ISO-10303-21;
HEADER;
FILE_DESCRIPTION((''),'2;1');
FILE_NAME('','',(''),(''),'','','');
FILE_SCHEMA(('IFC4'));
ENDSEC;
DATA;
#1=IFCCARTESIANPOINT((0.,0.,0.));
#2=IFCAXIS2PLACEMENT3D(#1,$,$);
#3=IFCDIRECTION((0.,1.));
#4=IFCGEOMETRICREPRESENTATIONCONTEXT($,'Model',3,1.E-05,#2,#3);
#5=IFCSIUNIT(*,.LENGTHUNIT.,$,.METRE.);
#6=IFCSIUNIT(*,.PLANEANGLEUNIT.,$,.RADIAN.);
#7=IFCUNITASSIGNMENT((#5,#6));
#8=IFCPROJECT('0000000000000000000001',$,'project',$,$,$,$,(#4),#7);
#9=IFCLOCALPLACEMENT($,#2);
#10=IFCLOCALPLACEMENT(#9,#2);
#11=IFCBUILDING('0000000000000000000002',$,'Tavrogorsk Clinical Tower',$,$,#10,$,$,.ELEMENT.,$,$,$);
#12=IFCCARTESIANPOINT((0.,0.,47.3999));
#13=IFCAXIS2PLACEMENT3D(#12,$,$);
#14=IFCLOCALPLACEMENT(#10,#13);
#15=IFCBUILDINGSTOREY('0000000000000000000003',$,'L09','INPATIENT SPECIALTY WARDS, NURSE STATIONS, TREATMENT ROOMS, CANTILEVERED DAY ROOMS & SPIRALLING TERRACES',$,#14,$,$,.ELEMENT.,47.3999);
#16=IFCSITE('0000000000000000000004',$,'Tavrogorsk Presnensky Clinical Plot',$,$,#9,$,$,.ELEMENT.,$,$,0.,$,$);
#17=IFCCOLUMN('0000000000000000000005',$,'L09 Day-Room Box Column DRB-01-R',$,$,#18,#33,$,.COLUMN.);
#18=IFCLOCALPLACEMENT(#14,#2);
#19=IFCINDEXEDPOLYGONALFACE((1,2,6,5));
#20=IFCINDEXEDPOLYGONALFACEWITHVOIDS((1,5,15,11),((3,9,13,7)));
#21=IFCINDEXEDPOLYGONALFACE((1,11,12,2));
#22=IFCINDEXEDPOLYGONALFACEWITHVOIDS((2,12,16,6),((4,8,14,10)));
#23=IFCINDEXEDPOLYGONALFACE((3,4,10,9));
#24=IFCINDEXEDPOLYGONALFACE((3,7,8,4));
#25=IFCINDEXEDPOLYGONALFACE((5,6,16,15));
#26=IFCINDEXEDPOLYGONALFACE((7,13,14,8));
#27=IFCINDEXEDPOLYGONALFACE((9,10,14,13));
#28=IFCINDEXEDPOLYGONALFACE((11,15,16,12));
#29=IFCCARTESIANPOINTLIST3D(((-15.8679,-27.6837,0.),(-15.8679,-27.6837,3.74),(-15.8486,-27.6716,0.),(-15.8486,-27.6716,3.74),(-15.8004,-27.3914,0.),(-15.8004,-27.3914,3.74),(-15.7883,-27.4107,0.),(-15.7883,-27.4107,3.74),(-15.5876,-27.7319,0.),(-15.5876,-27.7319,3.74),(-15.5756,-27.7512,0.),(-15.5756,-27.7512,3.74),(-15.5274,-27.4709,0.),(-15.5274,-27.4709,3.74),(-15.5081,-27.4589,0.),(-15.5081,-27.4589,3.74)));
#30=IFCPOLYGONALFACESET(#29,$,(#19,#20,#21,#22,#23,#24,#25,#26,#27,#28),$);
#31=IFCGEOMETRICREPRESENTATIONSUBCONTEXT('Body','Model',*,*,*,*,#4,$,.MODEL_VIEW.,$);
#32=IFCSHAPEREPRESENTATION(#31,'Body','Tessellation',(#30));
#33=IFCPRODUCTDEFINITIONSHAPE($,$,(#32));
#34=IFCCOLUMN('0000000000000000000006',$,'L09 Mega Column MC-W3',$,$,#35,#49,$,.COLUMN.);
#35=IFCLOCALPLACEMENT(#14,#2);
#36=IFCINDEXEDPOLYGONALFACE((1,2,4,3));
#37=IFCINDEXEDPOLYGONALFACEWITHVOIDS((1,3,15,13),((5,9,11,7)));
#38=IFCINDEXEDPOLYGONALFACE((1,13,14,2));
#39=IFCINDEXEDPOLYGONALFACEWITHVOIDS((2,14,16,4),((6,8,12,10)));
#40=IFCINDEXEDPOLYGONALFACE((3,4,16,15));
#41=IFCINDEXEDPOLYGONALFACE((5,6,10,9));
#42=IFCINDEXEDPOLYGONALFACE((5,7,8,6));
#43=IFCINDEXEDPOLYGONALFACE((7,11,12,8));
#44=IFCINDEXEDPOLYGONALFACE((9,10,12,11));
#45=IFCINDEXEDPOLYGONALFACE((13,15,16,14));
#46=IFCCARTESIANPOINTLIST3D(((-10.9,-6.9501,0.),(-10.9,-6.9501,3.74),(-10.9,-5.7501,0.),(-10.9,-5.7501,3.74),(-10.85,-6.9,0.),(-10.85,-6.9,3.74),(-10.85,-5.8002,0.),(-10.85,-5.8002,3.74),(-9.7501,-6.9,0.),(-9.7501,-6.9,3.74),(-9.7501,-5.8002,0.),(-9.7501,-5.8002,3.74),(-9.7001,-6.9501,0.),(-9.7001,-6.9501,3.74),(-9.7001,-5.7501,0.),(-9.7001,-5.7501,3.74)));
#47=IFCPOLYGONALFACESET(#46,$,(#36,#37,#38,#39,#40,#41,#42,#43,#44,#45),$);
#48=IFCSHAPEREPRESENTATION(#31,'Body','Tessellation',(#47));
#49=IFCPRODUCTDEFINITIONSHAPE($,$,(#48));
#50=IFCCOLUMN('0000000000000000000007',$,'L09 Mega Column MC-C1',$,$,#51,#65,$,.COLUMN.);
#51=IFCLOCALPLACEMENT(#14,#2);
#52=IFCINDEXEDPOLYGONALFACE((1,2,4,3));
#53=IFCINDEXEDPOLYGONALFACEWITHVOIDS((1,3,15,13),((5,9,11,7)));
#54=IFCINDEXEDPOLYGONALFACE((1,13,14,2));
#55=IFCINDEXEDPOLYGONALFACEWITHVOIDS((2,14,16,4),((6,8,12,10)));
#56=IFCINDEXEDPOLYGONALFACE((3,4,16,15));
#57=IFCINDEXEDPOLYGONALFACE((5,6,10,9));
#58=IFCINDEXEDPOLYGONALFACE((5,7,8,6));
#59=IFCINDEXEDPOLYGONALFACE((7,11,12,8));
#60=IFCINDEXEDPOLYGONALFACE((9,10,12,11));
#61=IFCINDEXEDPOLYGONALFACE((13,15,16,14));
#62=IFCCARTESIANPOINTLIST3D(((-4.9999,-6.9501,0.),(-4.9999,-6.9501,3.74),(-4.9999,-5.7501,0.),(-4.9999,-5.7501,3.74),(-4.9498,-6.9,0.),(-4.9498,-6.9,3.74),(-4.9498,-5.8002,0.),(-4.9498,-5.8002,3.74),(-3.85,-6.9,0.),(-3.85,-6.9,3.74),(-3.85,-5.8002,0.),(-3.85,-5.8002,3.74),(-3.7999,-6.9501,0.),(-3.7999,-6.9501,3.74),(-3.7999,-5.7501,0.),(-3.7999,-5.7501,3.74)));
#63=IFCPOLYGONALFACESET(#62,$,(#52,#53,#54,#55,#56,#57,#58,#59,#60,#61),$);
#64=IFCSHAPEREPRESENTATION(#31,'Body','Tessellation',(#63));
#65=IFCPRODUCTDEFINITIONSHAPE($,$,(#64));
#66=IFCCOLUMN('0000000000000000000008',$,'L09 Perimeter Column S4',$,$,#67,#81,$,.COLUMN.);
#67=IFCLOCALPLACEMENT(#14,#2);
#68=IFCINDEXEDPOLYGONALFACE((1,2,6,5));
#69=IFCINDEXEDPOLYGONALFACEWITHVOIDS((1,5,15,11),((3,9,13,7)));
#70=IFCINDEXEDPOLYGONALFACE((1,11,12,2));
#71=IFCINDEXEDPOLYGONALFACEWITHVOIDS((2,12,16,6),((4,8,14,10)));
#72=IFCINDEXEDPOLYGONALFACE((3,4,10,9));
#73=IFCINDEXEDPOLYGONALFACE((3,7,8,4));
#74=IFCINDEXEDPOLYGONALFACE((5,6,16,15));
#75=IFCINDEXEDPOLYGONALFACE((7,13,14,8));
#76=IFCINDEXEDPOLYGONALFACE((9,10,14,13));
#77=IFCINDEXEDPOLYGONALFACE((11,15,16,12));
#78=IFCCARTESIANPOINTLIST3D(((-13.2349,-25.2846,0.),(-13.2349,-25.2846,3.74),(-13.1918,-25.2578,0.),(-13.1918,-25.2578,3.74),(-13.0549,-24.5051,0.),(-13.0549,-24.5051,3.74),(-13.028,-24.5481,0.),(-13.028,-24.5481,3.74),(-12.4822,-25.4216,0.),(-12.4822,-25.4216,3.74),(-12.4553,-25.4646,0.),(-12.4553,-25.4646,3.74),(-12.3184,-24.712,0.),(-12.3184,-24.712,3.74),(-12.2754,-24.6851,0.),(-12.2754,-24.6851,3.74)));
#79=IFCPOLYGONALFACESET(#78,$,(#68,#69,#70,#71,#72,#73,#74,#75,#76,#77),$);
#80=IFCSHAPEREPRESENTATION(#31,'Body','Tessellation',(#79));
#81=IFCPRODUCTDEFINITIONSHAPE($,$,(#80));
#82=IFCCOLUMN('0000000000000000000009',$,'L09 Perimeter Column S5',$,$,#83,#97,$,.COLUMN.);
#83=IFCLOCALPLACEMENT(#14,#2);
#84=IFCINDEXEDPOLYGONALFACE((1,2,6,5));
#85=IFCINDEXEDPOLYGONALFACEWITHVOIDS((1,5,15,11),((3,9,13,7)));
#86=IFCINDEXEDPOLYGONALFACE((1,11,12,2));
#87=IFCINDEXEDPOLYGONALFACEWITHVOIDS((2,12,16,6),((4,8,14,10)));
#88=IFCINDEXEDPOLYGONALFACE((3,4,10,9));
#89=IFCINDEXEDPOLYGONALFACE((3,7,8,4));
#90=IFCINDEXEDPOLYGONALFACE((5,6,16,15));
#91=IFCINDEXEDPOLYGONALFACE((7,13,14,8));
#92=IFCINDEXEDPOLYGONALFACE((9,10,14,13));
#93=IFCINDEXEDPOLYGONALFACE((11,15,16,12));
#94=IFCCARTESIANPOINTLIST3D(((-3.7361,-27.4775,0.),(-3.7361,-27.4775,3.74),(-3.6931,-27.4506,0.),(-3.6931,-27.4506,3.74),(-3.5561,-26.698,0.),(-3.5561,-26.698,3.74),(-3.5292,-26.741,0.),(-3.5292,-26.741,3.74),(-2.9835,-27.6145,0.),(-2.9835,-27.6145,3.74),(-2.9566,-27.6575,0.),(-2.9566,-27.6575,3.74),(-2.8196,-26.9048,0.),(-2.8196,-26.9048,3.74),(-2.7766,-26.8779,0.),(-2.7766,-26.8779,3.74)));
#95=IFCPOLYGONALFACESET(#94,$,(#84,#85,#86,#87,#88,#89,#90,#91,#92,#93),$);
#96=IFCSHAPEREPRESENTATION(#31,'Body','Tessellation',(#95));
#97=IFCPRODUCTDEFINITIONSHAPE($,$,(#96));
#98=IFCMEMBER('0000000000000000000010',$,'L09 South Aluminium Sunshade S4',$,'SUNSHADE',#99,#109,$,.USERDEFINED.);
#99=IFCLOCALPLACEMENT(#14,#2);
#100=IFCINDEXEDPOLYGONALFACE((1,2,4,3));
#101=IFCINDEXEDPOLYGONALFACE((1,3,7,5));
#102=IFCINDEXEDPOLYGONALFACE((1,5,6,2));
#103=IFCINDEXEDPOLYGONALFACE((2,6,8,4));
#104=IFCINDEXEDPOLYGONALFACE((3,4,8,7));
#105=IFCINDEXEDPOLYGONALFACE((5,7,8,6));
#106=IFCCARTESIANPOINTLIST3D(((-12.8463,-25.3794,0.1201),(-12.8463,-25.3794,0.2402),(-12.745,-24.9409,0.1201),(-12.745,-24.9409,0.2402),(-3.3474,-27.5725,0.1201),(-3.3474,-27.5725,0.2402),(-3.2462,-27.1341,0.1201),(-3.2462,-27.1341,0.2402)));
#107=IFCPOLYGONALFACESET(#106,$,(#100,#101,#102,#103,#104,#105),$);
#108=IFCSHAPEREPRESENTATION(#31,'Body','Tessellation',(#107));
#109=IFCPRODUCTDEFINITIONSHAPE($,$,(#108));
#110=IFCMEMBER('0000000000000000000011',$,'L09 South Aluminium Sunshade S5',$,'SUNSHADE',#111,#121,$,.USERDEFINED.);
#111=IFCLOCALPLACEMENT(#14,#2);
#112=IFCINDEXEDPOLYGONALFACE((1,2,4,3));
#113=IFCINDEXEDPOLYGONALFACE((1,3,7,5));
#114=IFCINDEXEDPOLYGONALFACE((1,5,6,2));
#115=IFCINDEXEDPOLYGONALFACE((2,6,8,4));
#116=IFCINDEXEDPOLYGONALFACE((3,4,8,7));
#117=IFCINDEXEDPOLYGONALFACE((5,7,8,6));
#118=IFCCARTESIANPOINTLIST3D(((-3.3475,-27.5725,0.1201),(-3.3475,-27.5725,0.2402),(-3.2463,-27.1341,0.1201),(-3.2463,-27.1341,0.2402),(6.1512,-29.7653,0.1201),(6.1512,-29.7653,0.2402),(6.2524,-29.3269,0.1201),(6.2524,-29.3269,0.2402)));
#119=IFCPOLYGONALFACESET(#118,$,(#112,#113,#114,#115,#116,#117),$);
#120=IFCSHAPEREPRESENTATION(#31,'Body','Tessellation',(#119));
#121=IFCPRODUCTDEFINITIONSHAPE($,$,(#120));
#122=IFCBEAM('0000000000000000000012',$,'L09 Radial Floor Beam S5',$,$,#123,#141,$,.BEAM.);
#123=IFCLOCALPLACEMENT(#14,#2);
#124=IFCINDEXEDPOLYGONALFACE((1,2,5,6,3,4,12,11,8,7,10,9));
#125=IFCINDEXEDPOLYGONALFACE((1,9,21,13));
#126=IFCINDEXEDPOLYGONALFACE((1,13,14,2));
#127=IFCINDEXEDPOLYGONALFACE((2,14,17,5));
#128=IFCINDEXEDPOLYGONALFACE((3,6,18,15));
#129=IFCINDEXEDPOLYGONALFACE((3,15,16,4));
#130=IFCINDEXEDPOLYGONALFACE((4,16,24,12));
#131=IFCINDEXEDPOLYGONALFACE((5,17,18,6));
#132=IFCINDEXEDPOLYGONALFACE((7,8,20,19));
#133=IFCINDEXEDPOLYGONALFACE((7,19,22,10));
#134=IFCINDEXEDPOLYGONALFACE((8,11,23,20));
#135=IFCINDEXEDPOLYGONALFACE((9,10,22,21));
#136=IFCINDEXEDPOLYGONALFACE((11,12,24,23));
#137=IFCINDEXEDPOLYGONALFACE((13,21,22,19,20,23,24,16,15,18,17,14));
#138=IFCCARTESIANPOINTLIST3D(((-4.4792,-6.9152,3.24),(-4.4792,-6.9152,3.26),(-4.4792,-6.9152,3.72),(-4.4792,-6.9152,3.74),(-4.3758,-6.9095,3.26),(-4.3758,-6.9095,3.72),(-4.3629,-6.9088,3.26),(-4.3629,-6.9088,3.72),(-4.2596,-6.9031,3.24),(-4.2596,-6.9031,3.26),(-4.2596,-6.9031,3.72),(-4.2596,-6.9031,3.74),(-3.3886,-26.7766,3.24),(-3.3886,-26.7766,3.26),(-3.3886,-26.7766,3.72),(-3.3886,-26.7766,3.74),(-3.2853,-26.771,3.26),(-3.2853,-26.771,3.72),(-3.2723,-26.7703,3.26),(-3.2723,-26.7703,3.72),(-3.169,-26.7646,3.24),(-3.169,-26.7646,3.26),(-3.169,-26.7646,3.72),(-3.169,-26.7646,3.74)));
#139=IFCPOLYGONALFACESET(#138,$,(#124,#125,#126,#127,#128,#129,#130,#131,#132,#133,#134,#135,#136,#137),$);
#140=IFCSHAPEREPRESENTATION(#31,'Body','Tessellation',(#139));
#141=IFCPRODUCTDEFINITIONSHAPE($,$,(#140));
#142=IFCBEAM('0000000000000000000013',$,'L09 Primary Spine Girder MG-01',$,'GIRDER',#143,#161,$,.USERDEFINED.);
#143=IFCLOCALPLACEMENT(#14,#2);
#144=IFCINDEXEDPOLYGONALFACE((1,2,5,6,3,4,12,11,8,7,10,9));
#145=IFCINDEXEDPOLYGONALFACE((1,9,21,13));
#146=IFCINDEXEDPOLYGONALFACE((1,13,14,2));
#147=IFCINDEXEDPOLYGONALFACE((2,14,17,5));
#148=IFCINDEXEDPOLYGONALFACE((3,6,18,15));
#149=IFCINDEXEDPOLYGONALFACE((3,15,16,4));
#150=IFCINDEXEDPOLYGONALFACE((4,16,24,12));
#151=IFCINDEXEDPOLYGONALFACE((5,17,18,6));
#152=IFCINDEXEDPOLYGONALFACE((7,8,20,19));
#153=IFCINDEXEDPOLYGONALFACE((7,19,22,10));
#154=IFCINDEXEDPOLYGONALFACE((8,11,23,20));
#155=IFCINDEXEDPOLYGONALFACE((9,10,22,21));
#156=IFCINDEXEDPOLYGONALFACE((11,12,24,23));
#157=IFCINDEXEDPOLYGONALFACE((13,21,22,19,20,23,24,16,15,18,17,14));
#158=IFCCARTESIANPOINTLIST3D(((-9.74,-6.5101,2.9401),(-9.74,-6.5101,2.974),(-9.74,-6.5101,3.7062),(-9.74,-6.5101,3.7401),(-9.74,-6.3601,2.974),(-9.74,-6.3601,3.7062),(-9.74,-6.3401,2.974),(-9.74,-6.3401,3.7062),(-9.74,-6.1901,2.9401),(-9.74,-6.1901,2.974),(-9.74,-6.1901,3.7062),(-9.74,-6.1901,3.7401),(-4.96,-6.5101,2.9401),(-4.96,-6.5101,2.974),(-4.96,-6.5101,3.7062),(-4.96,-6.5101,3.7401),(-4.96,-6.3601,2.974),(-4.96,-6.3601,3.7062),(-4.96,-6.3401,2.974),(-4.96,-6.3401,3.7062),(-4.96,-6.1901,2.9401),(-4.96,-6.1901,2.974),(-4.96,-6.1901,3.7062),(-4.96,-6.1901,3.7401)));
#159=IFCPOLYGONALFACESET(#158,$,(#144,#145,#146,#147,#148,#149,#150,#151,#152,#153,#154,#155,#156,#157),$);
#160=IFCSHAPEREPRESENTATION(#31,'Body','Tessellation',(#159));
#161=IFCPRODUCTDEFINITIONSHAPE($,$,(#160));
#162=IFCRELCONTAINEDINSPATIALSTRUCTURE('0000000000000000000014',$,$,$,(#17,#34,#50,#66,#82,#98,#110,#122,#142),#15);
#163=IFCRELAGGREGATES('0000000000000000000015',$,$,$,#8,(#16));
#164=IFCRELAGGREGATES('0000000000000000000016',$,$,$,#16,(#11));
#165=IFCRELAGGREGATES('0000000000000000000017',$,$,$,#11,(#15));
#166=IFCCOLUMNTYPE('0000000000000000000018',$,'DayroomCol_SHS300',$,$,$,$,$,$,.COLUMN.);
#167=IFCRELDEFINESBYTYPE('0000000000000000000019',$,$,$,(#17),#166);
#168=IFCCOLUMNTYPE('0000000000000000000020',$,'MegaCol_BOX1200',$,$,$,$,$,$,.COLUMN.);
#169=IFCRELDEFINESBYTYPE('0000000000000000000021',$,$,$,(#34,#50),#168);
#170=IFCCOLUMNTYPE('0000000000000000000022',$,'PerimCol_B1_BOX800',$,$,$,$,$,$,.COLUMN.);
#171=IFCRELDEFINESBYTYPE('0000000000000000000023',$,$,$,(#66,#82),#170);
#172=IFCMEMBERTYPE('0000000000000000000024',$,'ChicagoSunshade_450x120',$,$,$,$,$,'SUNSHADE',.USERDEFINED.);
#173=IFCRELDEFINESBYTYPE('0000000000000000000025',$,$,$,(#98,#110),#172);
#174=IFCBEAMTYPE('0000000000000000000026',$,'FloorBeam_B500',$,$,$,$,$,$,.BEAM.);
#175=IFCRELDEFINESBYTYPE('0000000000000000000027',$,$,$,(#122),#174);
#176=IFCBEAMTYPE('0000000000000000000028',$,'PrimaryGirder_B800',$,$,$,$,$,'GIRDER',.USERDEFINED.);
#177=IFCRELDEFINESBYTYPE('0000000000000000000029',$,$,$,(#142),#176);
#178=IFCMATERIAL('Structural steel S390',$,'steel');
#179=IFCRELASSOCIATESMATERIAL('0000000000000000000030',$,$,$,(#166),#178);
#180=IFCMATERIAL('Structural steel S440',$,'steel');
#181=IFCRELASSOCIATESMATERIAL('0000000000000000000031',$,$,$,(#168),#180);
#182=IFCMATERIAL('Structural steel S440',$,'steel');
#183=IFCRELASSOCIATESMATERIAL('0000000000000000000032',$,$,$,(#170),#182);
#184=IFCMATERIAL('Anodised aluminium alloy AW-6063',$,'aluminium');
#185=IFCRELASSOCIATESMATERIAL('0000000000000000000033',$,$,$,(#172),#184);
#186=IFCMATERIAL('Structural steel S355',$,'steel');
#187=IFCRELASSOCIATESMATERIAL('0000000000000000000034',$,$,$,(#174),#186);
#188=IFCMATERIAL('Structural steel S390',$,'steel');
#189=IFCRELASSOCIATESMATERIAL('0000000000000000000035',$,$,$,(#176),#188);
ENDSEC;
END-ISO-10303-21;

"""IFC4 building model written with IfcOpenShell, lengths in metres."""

from ifc_helpers import new_model, si_unit, direction, frame, origin, origin_2d, place, context, subcontext, project, spatial, rectangle, hollow_rectangle, i_section, extrude, material, material_profile, profile_set, type_object, element, save


model = new_model("IFC4")

# Units and contexts
model_context = context("Model", 3, precision=1e-05, world=origin(), true_north=direction((0.0, 1.0)))
body_context = subcontext(model_context, "Body", "Model", "MODEL_VIEW")
ifc_project = project(units=[si_unit("LENGTHUNIT", "METRE"), si_unit("PLANEANGLEUNIT", "RADIAN")], contexts=[model_context])

# Site, building, storey
site_placement = place(None, origin())
site = spatial("IfcSite", under=ifc_project, at=site_placement, Name="Tavrogorsk Presnensky Clinical Plot", CompositionType="ELEMENT", RefElevation=0.0)
building_placement = place(site_placement, origin())
building = spatial("IfcBuilding", under=site, at=building_placement, Name="Tavrogorsk Clinical Tower", CompositionType="ELEMENT")
storey_placement = place(building_placement, frame((0.0, 0.0, 47.3999)))
storey = spatial("IfcBuildingStorey", under=building, at=storey_placement, Name="L09", Description="INPATIENT SPECIALTY WARDS, NURSE STATIONS, TREATMENT ROOMS, CANTILEVERED DAY ROOMS & SPIRALLING TERRACES", CompositionType="ELEMENT", Elevation=47.3999)

# Columns
ifc_material_1 = material(Name="Structural steel S390", Category="steel")
ifc_material_profile_1 = material_profile(ifc_material_1, hollow_rectangle(XDim=0.3, YDim=0.3, WallThickness=0.0161, at=origin_2d()), Name="SHS-300x300x16")
ifc_profile_set_1 = profile_set([ifc_material_profile_1], Name="Structural steel S390")
column_type_1 = type_object("IfcColumnType", Name="DayroomCol_SHS300", PredefinedType="COLUMN", material=ifc_profile_set_1)
column_placement = place(storey_placement, frame((-15.688, -27.5713, 0.0), z_axis=(0.0, 0.0, 1.0), x_axis=(0.97437, -0.224951, 0.0)))
element("IfcColumn", 1, at=column_placement, inside=storey, type_object=column_type_1, Name="L09 Day-Room Box Column DRB-01-R", PredefinedType="COLUMN", context=body_context, shape_type="SweptSolid", body=[
    extrude(hollow_rectangle(XDim=0.3, YDim=0.3, WallThickness=0.0161, at=origin_2d()), origin(), (0.0, 0.0, 1.0), 3.74),
])
ifc_material_2 = material(Name="Structural steel S440", Category="steel")
ifc_material_profile_2 = material_profile(ifc_material_2, hollow_rectangle(XDim=1.2, YDim=1.2, WallThickness=0.05, at=origin_2d()), Name="BOX-1200x1200x50")
ifc_profile_set_2 = profile_set([ifc_material_profile_2], Name="Structural steel S440")
column_type_2 = type_object("IfcColumnType", Name="MegaCol_BOX1200", PredefinedType="COLUMN", material=ifc_profile_set_2)
for number, where, z_axis, x_axis, name in (
    (2, (-10.3, -6.3501, 0.0), (0.0, 0.0, 1.0), (1.0, 0.0, 0.0), "L09 Mega Column MC-W3"),
    (3, (-4.3999, -6.3501, 0.0), (0.0, 0.0, 1.0), (1.0, 0.0, 0.0), "L09 Mega Column MC-C1"),
):
    element("IfcColumn", number, at=place(storey_placement, frame(where, z_axis=z_axis, x_axis=x_axis)), inside=storey, type_object=column_type_2, Name=name, PredefinedType="COLUMN", context=body_context, shape_type="SweptSolid", body=[
        extrude(hollow_rectangle(XDim=1.2, YDim=1.2, WallThickness=0.05, at=origin_2d()), origin(), (0.0, 0.0, 1.0), 3.74),
    ])
ifc_material_3 = material(Name="Structural steel S440", Category="steel")
ifc_material_profile_3 = material_profile(ifc_material_3, hollow_rectangle(XDim=0.8, YDim=0.8, WallThickness=0.0359, at=origin_2d()), Name="BOX-800x800x36")
ifc_profile_set_3 = profile_set([ifc_material_profile_3], Name="Structural steel S440")
column_type_3 = type_object("IfcColumnType", Name="PerimCol_B1_BOX800", PredefinedType="COLUMN", material=ifc_profile_set_3)
for number, where, z_axis, x_axis, name in (
    (4, (-12.7551, -24.9849, 0.0), (0.0, 0.0, 1.0), (0.97437, -0.224951, 0.0), "L09 Perimeter Column S4"),
    (5, (-3.2563, -27.1777, 0.0), (0.0, 0.0, 1.0), (0.97437, -0.224951, 0.0), "L09 Perimeter Column S5"),
):
    element("IfcColumn", number, at=place(storey_placement, frame(where, z_axis=z_axis, x_axis=x_axis)), inside=storey, type_object=column_type_3, Name=name, PredefinedType="COLUMN", context=body_context, shape_type="SweptSolid", body=[
        extrude(hollow_rectangle(XDim=0.8, YDim=0.8, WallThickness=0.0359, at=origin_2d()), origin(), (0.0, 0.0, 1.0), 3.74),
    ])

# Members
ifc_material_4 = material(Name="Anodised aluminium alloy AW-6063", Category="aluminium")
ifc_material_profile_4 = material_profile(ifc_material_4, rectangle(XDim=0.45, YDim=0.1201, at=origin_2d()), Name="ALU-SUNSHADE-450x120")
ifc_profile_set_4 = profile_set([ifc_material_profile_4], Name="Anodised aluminium alloy AW-6063")
member_type = type_object("IfcMemberType", Name="ChicagoSunshade_450x120", ElementType="SUNSHADE", PredefinedType="USERDEFINED", material=ifc_profile_set_4)
member_1_placement = place(storey_placement, frame((-12.7957, -25.1602, 0.1802), z_axis=(0.974367, -0.224966, 0.0), x_axis=(0.224966, 0.974367, 0.0)))
element("IfcMember", 6, at=member_1_placement, inside=storey, type_object=member_type, Name="L09 South Aluminium Sunshade S4", ObjectType="SUNSHADE", PredefinedType="USERDEFINED", context=body_context, shape_type="SweptSolid", body=[
    extrude(rectangle(XDim=0.45, YDim=0.1201, at=origin_2d()), origin(), (0.0, 0.0, 1.0), 9.7488),
])
member_2_placement = place(storey_placement, frame((-3.2969, -27.3533, 0.1802), z_axis=(0.974372, -0.224942, 0.0), x_axis=(0.224942, 0.974372, 0.0)))
element("IfcMember", 7, at=member_2_placement, inside=storey, type_object=member_type, Name="L09 South Aluminium Sunshade S5", ObjectType="SUNSHADE", PredefinedType="USERDEFINED", context=body_context, shape_type="SweptSolid", body=[
    extrude(rectangle(XDim=0.45, YDim=0.1201, at=origin_2d()), origin(), (0.0, 0.0, 1.0), 9.7485),
])

# Beams
ifc_material_5 = material(Name="Structural steel S355", Category="steel")
ifc_material_profile_5 = material_profile(ifc_material_5, i_section(OverallWidth=0.22, OverallDepth=0.5, WebThickness=0.0129, FlangeThickness=0.02, at=origin_2d()), Name="B-500x220x13x20")
ifc_profile_set_5 = profile_set([ifc_material_profile_5], Name="Structural steel S355")
beam_type_1 = type_object("IfcBeamType", Name="FloorBeam_B500", PredefinedType="BEAM", material=ifc_profile_set_5)
beam_1_placement = place(storey_placement, frame((-4.3694, -6.9092, 3.49), z_axis=(0.054827, -0.998496, 0.0), x_axis=(0.998496, 0.054827, 0.0)))
element("IfcBeam", 8, at=beam_1_placement, inside=storey, type_object=beam_type_1, Name="L09 Radial Floor Beam S5", PredefinedType="BEAM", context=body_context, shape_type="SweptSolid", body=[
    extrude(i_section(OverallWidth=0.22, OverallDepth=0.5, WebThickness=0.0129, FlangeThickness=0.02, at=origin_2d()), origin(), (0.0, 0.0, 1.0), 19.8914),
])
ifc_material_6 = material(Name="Structural steel S390", Category="steel")
ifc_material_profile_6 = material_profile(ifc_material_6, i_section(OverallWidth=0.3201, OverallDepth=0.8, WebThickness=0.02, FlangeThickness=0.0339, at=origin_2d()), Name="B-800x320x20x34")
ifc_profile_set_6 = profile_set([ifc_material_profile_6], Name="Structural steel S390")
beam_type_2 = type_object("IfcBeamType", Name="PrimaryGirder_B800", ElementType="GIRDER", PredefinedType="USERDEFINED", material=ifc_profile_set_6)
beam_2_placement = place(storey_placement, frame((-9.74, -6.3501, 3.3401), z_axis=(1.0, 0.0, 0.0), x_axis=(0.0, 1.0, 0.0)))
element("IfcBeam", 9, at=beam_2_placement, inside=storey, type_object=beam_type_2, Name="L09 Primary Spine Girder MG-01", ObjectType="GIRDER", PredefinedType="USERDEFINED", context=body_context, shape_type="SweptSolid", body=[
    extrude(i_section(OverallWidth=0.3201, OverallDepth=0.8, WebThickness=0.02, FlangeThickness=0.0339, at=origin_2d()), origin(), (0.0, 0.0, 1.0), 4.78),
])

save(model, "model.ifc")
